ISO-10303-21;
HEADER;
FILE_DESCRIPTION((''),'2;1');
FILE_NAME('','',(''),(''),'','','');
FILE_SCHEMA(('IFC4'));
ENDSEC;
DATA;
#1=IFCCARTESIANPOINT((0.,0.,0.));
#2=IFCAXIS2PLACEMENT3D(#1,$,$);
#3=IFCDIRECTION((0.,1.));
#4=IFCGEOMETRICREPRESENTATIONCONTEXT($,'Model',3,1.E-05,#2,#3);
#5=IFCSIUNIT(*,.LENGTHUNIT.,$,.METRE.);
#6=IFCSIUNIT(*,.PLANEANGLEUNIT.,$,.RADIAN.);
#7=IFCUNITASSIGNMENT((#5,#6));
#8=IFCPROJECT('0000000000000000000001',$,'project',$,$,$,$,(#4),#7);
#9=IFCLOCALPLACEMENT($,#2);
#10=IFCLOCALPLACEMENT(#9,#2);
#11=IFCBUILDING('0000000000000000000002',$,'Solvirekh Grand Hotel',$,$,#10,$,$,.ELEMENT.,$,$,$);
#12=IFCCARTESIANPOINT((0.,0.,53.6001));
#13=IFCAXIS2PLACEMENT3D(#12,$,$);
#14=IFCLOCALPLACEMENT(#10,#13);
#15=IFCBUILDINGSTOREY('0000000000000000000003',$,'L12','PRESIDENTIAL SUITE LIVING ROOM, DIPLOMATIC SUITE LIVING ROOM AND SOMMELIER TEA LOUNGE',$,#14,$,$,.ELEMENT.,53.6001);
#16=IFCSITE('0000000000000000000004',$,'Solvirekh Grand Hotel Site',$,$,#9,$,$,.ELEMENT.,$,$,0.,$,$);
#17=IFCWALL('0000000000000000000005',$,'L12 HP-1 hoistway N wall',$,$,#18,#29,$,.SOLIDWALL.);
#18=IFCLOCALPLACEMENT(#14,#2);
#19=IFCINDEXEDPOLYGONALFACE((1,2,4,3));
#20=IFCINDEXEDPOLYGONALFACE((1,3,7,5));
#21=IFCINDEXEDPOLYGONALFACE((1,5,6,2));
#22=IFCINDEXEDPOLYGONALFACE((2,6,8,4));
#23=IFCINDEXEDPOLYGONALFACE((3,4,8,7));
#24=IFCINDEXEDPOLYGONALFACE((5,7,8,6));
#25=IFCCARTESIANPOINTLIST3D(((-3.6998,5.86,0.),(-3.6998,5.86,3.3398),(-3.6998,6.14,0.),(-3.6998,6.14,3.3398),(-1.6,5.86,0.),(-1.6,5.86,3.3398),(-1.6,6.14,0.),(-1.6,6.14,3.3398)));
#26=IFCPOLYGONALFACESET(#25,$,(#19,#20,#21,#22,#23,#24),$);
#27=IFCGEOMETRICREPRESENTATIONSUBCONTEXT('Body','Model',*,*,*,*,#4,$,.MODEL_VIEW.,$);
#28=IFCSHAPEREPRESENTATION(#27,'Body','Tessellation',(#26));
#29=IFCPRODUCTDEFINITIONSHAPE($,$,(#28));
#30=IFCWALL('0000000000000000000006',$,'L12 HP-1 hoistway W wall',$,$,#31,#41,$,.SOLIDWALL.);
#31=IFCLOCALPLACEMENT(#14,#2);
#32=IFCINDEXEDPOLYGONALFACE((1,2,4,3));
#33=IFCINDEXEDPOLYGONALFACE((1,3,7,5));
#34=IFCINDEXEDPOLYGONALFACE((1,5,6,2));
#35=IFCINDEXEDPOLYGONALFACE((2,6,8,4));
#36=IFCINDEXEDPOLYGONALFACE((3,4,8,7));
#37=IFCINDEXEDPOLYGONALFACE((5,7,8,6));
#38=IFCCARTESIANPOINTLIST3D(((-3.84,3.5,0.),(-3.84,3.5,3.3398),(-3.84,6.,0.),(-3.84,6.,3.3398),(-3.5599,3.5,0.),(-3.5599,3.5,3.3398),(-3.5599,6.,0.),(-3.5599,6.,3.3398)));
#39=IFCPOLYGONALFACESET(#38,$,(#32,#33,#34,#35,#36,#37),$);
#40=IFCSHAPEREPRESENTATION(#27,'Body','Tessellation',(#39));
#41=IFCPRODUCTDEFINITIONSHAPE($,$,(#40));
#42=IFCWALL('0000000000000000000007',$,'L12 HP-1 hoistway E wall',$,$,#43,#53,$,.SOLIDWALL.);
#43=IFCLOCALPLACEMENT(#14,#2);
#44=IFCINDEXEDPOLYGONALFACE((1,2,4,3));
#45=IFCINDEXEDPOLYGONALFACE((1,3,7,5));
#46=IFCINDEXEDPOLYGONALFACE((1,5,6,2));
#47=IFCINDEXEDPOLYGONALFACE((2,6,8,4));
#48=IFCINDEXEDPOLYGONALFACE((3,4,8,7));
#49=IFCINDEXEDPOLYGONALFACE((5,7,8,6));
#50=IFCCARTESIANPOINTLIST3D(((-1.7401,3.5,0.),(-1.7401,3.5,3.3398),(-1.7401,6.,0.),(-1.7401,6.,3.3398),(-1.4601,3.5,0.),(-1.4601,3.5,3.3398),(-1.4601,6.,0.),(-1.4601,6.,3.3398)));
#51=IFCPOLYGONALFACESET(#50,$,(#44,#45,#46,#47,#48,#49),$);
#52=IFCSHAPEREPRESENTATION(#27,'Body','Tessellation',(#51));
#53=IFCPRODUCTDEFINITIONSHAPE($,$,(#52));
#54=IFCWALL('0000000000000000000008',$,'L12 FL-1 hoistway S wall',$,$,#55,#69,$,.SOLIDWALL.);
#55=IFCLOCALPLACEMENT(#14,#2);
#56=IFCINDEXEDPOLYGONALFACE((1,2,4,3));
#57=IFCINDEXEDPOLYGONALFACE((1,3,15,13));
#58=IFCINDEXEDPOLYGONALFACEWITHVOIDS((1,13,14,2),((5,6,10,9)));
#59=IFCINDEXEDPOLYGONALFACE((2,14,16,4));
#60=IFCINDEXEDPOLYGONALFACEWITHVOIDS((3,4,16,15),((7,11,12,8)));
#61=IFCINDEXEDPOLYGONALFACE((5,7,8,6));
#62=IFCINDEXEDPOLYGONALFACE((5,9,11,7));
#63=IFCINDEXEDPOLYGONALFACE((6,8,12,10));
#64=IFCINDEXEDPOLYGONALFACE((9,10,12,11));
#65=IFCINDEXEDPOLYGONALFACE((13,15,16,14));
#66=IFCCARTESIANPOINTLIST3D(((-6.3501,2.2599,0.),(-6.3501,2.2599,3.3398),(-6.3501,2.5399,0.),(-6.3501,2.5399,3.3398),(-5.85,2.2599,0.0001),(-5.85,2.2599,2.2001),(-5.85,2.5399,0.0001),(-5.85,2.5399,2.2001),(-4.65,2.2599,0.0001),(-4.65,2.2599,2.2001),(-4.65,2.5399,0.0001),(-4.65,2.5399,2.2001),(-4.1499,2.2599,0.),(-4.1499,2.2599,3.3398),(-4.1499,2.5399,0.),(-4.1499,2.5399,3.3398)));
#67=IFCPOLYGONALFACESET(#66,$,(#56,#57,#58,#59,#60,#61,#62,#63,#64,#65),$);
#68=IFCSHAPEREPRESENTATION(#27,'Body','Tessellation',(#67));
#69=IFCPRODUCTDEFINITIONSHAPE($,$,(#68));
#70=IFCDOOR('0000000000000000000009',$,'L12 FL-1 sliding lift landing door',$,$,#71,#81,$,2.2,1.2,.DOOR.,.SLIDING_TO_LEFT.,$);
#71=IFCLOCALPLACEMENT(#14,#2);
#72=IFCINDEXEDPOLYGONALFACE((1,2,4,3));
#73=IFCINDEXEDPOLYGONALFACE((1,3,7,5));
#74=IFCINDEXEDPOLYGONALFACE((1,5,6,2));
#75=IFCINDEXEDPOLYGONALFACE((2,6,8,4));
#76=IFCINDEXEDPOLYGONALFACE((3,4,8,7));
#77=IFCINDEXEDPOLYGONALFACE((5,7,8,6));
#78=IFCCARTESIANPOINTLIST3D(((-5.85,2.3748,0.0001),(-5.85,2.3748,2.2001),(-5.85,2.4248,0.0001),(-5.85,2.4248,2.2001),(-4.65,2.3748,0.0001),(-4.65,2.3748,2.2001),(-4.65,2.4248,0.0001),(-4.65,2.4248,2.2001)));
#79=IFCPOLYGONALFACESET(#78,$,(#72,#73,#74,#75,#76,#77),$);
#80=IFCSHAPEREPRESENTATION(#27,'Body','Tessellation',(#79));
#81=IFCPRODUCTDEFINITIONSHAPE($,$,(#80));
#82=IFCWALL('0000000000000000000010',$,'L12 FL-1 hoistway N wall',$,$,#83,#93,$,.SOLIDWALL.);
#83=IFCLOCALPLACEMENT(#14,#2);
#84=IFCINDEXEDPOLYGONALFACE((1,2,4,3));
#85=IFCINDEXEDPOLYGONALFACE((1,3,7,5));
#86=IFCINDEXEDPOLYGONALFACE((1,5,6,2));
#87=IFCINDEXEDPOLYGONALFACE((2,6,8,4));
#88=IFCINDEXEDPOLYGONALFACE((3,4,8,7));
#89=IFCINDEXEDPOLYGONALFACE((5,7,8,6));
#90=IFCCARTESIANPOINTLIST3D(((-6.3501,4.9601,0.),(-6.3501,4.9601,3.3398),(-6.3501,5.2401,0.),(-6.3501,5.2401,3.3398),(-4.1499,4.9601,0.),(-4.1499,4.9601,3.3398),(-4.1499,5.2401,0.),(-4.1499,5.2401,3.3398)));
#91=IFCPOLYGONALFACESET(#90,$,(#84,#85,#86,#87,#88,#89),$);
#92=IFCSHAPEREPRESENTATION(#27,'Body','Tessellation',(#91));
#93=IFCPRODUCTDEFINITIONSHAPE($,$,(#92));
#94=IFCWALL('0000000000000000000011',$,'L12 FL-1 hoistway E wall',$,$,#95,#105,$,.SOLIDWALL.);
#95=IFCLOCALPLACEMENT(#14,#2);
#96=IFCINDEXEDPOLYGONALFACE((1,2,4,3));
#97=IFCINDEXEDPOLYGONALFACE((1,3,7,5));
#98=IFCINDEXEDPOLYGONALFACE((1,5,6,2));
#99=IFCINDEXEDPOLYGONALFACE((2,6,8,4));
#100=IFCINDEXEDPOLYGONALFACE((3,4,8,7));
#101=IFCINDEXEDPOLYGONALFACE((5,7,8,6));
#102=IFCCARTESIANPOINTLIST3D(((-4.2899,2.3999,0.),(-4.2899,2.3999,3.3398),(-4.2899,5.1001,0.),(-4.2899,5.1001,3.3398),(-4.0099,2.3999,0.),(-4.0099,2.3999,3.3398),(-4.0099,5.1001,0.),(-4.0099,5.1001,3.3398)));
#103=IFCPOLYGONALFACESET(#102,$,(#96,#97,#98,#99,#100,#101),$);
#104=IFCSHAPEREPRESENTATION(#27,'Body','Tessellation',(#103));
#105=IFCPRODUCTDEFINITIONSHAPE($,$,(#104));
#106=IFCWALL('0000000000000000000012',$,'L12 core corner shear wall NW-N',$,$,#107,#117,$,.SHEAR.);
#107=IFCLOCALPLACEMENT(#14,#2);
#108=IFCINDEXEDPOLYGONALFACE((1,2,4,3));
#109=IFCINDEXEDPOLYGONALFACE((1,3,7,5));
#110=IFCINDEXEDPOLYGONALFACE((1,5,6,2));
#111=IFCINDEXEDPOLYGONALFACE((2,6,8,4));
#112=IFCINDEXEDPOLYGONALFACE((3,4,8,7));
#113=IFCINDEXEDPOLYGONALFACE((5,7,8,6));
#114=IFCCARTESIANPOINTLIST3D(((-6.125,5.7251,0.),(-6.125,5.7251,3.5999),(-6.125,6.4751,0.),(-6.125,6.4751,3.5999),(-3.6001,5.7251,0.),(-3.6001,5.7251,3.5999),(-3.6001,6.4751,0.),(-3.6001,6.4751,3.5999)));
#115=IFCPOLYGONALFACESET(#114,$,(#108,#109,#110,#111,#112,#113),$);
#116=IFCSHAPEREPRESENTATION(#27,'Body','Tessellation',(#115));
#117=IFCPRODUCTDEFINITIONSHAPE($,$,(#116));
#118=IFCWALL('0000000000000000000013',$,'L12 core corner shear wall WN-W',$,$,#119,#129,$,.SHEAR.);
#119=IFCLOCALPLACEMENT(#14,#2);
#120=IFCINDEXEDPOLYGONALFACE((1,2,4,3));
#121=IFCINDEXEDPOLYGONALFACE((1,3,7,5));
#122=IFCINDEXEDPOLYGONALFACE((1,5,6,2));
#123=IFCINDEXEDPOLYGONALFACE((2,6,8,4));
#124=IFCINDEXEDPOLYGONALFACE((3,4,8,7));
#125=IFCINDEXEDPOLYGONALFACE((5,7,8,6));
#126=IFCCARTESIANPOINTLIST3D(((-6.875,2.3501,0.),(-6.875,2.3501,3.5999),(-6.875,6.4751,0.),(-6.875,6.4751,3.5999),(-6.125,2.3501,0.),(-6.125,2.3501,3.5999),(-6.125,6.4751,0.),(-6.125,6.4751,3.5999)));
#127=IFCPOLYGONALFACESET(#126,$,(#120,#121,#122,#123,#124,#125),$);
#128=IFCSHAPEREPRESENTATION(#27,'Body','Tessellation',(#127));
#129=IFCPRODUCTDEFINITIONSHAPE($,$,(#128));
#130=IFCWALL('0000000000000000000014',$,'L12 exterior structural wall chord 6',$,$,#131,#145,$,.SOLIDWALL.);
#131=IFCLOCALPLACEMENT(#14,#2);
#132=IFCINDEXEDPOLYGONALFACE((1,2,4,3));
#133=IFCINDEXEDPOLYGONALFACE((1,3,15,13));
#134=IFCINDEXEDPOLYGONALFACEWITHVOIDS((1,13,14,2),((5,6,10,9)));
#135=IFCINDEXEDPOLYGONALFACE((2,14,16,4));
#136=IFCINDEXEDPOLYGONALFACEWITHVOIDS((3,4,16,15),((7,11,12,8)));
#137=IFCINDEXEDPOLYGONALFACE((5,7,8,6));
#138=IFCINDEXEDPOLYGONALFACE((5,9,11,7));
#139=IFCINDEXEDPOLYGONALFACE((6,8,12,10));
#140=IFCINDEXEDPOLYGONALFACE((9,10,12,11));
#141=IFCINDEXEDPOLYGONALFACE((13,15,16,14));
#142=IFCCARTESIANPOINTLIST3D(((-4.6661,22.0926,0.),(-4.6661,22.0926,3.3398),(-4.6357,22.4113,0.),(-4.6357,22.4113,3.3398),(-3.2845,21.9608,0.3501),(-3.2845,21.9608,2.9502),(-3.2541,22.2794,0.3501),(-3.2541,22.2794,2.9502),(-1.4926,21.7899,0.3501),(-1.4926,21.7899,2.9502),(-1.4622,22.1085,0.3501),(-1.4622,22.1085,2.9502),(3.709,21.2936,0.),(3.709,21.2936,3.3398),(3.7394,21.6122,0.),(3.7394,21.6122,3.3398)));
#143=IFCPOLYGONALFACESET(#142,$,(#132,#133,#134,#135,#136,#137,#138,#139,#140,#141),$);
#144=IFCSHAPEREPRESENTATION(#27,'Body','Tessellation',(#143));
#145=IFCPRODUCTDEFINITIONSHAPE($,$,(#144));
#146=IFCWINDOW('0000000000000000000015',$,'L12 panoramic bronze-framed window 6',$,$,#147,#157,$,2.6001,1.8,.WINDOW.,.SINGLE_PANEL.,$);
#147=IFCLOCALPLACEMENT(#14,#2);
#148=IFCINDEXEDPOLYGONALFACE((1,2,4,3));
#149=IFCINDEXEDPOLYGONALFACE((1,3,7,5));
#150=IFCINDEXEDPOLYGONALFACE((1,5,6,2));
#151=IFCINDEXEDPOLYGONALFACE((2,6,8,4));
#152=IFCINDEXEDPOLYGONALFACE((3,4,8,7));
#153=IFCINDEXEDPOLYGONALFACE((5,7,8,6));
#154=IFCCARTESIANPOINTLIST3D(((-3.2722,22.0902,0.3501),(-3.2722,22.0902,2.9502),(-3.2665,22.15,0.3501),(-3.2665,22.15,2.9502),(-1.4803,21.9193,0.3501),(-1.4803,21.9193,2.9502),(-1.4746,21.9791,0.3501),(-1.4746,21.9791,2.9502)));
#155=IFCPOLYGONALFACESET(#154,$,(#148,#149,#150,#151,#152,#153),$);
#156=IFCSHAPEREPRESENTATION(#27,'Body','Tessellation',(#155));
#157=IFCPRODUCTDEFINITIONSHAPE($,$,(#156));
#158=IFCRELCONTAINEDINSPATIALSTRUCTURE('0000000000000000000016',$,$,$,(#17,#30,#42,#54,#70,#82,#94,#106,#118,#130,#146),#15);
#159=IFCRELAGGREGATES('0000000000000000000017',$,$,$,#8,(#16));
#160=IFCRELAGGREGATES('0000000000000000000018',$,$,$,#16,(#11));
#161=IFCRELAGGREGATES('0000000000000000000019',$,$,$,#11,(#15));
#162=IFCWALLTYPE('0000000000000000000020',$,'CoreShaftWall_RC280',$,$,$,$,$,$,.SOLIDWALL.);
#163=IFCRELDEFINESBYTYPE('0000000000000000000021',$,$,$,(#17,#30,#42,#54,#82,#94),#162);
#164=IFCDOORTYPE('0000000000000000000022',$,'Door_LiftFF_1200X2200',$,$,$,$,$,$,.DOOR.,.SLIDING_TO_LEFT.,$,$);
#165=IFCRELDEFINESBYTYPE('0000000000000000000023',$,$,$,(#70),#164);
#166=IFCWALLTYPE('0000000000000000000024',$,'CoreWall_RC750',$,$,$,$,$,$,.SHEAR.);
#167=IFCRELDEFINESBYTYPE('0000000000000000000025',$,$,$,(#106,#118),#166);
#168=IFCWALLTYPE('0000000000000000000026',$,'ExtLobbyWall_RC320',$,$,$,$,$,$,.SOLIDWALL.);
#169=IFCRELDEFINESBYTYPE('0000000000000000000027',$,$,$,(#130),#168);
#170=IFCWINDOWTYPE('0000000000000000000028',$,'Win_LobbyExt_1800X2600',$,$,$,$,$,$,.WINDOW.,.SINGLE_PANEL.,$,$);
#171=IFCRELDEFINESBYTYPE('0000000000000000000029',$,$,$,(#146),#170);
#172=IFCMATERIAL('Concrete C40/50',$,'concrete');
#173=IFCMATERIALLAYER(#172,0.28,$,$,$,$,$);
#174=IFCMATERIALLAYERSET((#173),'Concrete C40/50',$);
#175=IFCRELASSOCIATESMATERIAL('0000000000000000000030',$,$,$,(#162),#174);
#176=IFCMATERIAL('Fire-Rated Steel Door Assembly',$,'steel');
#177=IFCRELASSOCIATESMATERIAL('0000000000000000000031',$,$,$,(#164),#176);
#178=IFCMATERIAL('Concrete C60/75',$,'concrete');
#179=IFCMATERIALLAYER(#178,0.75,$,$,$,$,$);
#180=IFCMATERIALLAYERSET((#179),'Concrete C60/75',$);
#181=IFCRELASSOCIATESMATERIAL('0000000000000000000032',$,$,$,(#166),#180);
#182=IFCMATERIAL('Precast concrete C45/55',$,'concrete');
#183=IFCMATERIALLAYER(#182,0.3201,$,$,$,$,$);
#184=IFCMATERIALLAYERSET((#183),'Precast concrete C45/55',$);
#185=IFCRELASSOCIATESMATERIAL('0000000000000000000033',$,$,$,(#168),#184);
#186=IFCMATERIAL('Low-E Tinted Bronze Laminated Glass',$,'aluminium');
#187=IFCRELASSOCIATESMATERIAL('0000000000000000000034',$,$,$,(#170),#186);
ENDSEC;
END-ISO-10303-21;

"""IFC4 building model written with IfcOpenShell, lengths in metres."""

from ifc_helpers import new_model, si_unit, direction, frame, frame_2d, origin, place, context, subcontext, project, spatial, rectangle, extrude, material, layer, layer_set, type_object, element, fill, save


model = new_model("IFC4")

# Units and contexts
model_context = context("Model", 3, precision=1e-05, world=origin(), true_north=direction((0.0, 1.0)))
body_context = subcontext(model_context, "Body", "Model", "MODEL_VIEW")
ifc_project = project(units=[si_unit("LENGTHUNIT", "METRE"), si_unit("PLANEANGLEUNIT", "RADIAN")], contexts=[model_context])

# Site, building, storey
site_placement = place(None, origin())
site = spatial("IfcSite", under=ifc_project, at=site_placement, Name="Solvirekh Grand Hotel Site", CompositionType="ELEMENT", RefElevation=0.0)
building_placement = place(site_placement, origin())
building = spatial("IfcBuilding", under=site, at=building_placement, Name="Solvirekh Grand Hotel", CompositionType="ELEMENT")
storey_placement = place(building_placement, frame((0.0, 0.0, 53.6001)))
storey = spatial("IfcBuildingStorey", under=building, at=storey_placement, Name="L12", Description="PRESIDENTIAL SUITE LIVING ROOM, DIPLOMATIC SUITE LIVING ROOM AND SOMMELIER TEA LOUNGE", CompositionType="ELEMENT", Elevation=53.6001)

# Shared definitions
ifc_material_1 = material(Name="Concrete C60/75", Category="concrete")

# Shared definitions
ifc_material_2 = material(Name="Concrete C40/50", Category="concrete")

# Walls
ifc_layer_1 = layer(ifc_material_2, 0.28)
ifc_layer_set_1 = layer_set([ifc_layer_1], Name="Concrete C40/50")
wall_type_1 = type_object("IfcWallType", Name="CoreShaftWall_RC280", PredefinedType="SOLIDWALL", material=ifc_layer_set_1)
wall_1_placement = place(storey_placement, frame((-1.6001, 6.0, 0.0), z_axis=(0.0, 0.0, 1.0), x_axis=(-1.0, 0.0, 0.0)))
element("IfcWall", 1, at=wall_1_placement, inside=storey, type_object=wall_type_1, Name="L12 HP-1 hoistway N wall", PredefinedType="SOLIDWALL", context=body_context, shape_type="SweptSolid", body=[
    extrude(rectangle(XDim=2.0999, YDim=0.28, at=frame_2d((1.0498, 0.0))), origin(), (0.0, 0.0, 1.0), 3.3398),
])
for number, where, z_axis, x_axis, name in (
    (2, (-3.7, 6.0, 0.0), (0.0, 0.0, 1.0), (0.0, -1.0, 0.0), "L12 HP-1 hoistway W wall"),
    (3, (-1.6001, 3.5, 0.0), (0.0, 0.0, 1.0), (0.0, 1.0, 0.0), "L12 HP-1 hoistway E wall"),
):
    element("IfcWall", number, at=place(storey_placement, frame(where, z_axis=z_axis, x_axis=x_axis)), inside=storey, type_object=wall_type_1, Name=name, PredefinedType="SOLIDWALL", context=body_context, shape_type="SweptSolid", body=[
        extrude(rectangle(XDim=2.5, YDim=0.28, at=frame_2d((1.25, 0.0))), origin(), (0.0, 0.0, 1.0), 3.3398),
    ])

# Wall, opening, door
wall_2_placement = place(storey_placement, frame((-6.3501, 2.3999, 0.0), z_axis=(0.0, 0.0, 1.0), x_axis=(1.0, 0.0, 0.0)))
wall_2 = element("IfcWall", 4, at=wall_2_placement, inside=storey, type_object=wall_type_1, Name="L12 FL-1 hoistway S wall", PredefinedType="SOLIDWALL", context=body_context, shape_type="SweptSolid", body=[
    extrude(rectangle(XDim=2.2002, YDim=0.28, at=frame_2d((1.1001, 0.0))), origin(), (0.0, 0.0, 1.0), 3.3398),
])
opening_1_placement = place(wall_2_placement, frame((0.5, 0.0, 0.0)))
opening_1 = element("IfcOpeningElement", 5, at=opening_1_placement, cuts=wall_2, PredefinedType="OPENING", context=body_context, shape_type="SweptSolid", body=[
    extrude(rectangle(XDim=1.2, YDim=2.2, at=frame_2d((0.6001, 1.1001))), frame((0.0, 0.1499, 0.0), z_axis=(0.0, -1.0, 0.0), x_axis=(1.0, 0.0, 0.0)), (0.0, 0.0, 1.0), 0.3),
])
ifc_material_3 = material(Name="Fire-Rated Steel Door Assembly", Category="steel")
door_type_1 = type_object("IfcDoorType", Name="Door_LiftFF_1200X2200", OperationType="SLIDING_TO_LEFT", PredefinedType="DOOR", material=ifc_material_3)
door_1_placement = place(opening_1_placement, origin())
door_1 = element("IfcDoor", 6, at=door_1_placement, inside=storey, type_object=door_type_1, Name="L12 FL-1 sliding lift landing door", OperationType="SLIDING_TO_LEFT", OverallHeight=2.2, OverallWidth=1.2, PredefinedType="DOOR", context=body_context, shape_type="SweptSolid", body=[
    extrude(rectangle(XDim=1.2, YDim=2.2, at=frame_2d((0.6001, 1.1001))), frame((0.0, 0.0249, 0.0), z_axis=(0.0, -1.0, 0.0), x_axis=(1.0, 0.0, 0.0)), (0.0, 0.0, 1.0), 0.05),
])
fill(opening_1, door_1)

# Walls
wall_3_placement = place(storey_placement, frame((-4.1499, 5.1001, 0.0), z_axis=(0.0, 0.0, 1.0), x_axis=(-1.0, 0.0, 0.0)))
element("IfcWall", 7, at=wall_3_placement, inside=storey, type_object=wall_type_1, Name="L12 FL-1 hoistway N wall", PredefinedType="SOLIDWALL", context=body_context, shape_type="SweptSolid", body=[
    extrude(rectangle(XDim=2.2002, YDim=0.28, at=frame_2d((1.1001, 0.0))), origin(), (0.0, 0.0, 1.0), 3.3398),
])
wall_4_placement = place(storey_placement, frame((-4.1499, 2.3999, 0.0), z_axis=(0.0, 0.0, 1.0), x_axis=(0.0, 1.0, 0.0)))
element("IfcWall", 8, at=wall_4_placement, inside=storey, type_object=wall_type_1, Name="L12 FL-1 hoistway E wall", PredefinedType="SOLIDWALL", context=body_context, shape_type="SweptSolid", body=[
    extrude(rectangle(XDim=2.7002, YDim=0.28, at=frame_2d((1.3501, 0.0))), origin(), (0.0, 0.0, 1.0), 3.3398),
])
ifc_layer_2 = layer(ifc_material_1, 0.75)
ifc_layer_set_2 = layer_set([ifc_layer_2], Name="Concrete C60/75")
wall_type_2 = type_object("IfcWallType", Name="CoreWall_RC750", PredefinedType="SHEAR", material=ifc_layer_set_2)
wall_5_placement = place(storey_placement, frame((-6.125, 6.1001, 0.0), z_axis=(0.0, 0.0, 1.0), x_axis=(1.0, 0.0, 0.0)))
element("IfcWall", 9, at=wall_5_placement, inside=storey, type_object=wall_type_2, Name="L12 core corner shear wall NW-N", PredefinedType="SHEAR", context=body_context, shape_type="SweptSolid", body=[
    extrude(rectangle(XDim=2.5249, YDim=0.75, at=frame_2d((1.2625, 0.0))), origin(), (0.0, 0.0, 1.0), 3.5999),
])
wall_6_placement = place(storey_placement, frame((-6.5, 2.3501, 0.0), z_axis=(0.0, 0.0, 1.0), x_axis=(0.0, 1.0, 0.0)))
element("IfcWall", 10, at=wall_6_placement, inside=storey, type_object=wall_type_2, Name="L12 core corner shear wall WN-W", PredefinedType="SHEAR", context=body_context, shape_type="SweptSolid", body=[
    extrude(rectangle(XDim=4.125, YDim=0.75, at=frame_2d((2.0625, 0.0))), origin(), (0.0, 0.0, 1.0), 3.5999),
])

# Wall, opening, window
ifc_material_4 = material(Name="Precast concrete C45/55", Category="concrete")
ifc_layer_3 = layer(ifc_material_4, 0.3201)
ifc_layer_set_3 = layer_set([ifc_layer_3], Name="Precast concrete C45/55")
wall_type_3 = type_object("IfcWallType", Name="ExtLobbyWall_RC320", PredefinedType="SOLIDWALL", material=ifc_layer_set_3)
wall_7_placement = place(storey_placement, frame((-4.6509, 22.252, 0.0), z_axis=(0.0, 0.0, 1.0), x_axis=(0.995479, -0.09498, 0.0)))
wall_7 = element("IfcWall", 11, at=wall_7_placement, inside=storey, type_object=wall_type_3, Name="L12 exterior structural wall chord 6", PredefinedType="SOLIDWALL", context=body_context, shape_type="SweptSolid", body=[
    extrude(rectangle(XDim=8.4131, YDim=0.3201, at=frame_2d((4.2065, 0.0))), origin(), (0.0, 0.0, 1.0), 3.3398),
])
opening_2_placement = place(wall_7_placement, frame((1.3879, 0.0, 0.3501)))
opening_2 = element("IfcOpeningElement", 12, at=opening_2_placement, cuts=wall_7, PredefinedType="OPENING", context=body_context, shape_type="SweptSolid", body=[
    extrude(rectangle(XDim=1.8, YDim=2.6001, at=frame_2d((0.8999, 1.3))), frame((0.0, 0.1699, 0.0), z_axis=(0.0, -1.0, 0.0), x_axis=(1.0, 0.0, 0.0)), (0.0, 0.0, 1.0), 0.3401),
])
ifc_material_5 = material(Name="Low-E Tinted Bronze Laminated Glass", Category="aluminium")
window_type = type_object("IfcWindowType", Name="Win_LobbyExt_1800X2600", PartitioningType="SINGLE_PANEL", PredefinedType="WINDOW", material=ifc_material_5)
window_placement = place(opening_2_placement, origin())
window = element("IfcWindow", 13, at=window_placement, inside=storey, type_object=window_type, Name="L12 panoramic bronze-framed window 6", OverallHeight=2.6001, OverallWidth=1.8, PartitioningType="SINGLE_PANEL", PredefinedType="WINDOW", context=body_context, shape_type="SweptSolid", body=[
    extrude(rectangle(XDim=1.8, YDim=2.6001, at=frame_2d((0.8999, 1.3))), frame((0.0, 0.03, 0.0), z_axis=(0.0, -1.0, 0.0), x_axis=(1.0, 0.0, 0.0)), (0.0, 0.0, 1.0), 0.0601),
])
fill(opening_2, window)

save(model, "model.ifc")
